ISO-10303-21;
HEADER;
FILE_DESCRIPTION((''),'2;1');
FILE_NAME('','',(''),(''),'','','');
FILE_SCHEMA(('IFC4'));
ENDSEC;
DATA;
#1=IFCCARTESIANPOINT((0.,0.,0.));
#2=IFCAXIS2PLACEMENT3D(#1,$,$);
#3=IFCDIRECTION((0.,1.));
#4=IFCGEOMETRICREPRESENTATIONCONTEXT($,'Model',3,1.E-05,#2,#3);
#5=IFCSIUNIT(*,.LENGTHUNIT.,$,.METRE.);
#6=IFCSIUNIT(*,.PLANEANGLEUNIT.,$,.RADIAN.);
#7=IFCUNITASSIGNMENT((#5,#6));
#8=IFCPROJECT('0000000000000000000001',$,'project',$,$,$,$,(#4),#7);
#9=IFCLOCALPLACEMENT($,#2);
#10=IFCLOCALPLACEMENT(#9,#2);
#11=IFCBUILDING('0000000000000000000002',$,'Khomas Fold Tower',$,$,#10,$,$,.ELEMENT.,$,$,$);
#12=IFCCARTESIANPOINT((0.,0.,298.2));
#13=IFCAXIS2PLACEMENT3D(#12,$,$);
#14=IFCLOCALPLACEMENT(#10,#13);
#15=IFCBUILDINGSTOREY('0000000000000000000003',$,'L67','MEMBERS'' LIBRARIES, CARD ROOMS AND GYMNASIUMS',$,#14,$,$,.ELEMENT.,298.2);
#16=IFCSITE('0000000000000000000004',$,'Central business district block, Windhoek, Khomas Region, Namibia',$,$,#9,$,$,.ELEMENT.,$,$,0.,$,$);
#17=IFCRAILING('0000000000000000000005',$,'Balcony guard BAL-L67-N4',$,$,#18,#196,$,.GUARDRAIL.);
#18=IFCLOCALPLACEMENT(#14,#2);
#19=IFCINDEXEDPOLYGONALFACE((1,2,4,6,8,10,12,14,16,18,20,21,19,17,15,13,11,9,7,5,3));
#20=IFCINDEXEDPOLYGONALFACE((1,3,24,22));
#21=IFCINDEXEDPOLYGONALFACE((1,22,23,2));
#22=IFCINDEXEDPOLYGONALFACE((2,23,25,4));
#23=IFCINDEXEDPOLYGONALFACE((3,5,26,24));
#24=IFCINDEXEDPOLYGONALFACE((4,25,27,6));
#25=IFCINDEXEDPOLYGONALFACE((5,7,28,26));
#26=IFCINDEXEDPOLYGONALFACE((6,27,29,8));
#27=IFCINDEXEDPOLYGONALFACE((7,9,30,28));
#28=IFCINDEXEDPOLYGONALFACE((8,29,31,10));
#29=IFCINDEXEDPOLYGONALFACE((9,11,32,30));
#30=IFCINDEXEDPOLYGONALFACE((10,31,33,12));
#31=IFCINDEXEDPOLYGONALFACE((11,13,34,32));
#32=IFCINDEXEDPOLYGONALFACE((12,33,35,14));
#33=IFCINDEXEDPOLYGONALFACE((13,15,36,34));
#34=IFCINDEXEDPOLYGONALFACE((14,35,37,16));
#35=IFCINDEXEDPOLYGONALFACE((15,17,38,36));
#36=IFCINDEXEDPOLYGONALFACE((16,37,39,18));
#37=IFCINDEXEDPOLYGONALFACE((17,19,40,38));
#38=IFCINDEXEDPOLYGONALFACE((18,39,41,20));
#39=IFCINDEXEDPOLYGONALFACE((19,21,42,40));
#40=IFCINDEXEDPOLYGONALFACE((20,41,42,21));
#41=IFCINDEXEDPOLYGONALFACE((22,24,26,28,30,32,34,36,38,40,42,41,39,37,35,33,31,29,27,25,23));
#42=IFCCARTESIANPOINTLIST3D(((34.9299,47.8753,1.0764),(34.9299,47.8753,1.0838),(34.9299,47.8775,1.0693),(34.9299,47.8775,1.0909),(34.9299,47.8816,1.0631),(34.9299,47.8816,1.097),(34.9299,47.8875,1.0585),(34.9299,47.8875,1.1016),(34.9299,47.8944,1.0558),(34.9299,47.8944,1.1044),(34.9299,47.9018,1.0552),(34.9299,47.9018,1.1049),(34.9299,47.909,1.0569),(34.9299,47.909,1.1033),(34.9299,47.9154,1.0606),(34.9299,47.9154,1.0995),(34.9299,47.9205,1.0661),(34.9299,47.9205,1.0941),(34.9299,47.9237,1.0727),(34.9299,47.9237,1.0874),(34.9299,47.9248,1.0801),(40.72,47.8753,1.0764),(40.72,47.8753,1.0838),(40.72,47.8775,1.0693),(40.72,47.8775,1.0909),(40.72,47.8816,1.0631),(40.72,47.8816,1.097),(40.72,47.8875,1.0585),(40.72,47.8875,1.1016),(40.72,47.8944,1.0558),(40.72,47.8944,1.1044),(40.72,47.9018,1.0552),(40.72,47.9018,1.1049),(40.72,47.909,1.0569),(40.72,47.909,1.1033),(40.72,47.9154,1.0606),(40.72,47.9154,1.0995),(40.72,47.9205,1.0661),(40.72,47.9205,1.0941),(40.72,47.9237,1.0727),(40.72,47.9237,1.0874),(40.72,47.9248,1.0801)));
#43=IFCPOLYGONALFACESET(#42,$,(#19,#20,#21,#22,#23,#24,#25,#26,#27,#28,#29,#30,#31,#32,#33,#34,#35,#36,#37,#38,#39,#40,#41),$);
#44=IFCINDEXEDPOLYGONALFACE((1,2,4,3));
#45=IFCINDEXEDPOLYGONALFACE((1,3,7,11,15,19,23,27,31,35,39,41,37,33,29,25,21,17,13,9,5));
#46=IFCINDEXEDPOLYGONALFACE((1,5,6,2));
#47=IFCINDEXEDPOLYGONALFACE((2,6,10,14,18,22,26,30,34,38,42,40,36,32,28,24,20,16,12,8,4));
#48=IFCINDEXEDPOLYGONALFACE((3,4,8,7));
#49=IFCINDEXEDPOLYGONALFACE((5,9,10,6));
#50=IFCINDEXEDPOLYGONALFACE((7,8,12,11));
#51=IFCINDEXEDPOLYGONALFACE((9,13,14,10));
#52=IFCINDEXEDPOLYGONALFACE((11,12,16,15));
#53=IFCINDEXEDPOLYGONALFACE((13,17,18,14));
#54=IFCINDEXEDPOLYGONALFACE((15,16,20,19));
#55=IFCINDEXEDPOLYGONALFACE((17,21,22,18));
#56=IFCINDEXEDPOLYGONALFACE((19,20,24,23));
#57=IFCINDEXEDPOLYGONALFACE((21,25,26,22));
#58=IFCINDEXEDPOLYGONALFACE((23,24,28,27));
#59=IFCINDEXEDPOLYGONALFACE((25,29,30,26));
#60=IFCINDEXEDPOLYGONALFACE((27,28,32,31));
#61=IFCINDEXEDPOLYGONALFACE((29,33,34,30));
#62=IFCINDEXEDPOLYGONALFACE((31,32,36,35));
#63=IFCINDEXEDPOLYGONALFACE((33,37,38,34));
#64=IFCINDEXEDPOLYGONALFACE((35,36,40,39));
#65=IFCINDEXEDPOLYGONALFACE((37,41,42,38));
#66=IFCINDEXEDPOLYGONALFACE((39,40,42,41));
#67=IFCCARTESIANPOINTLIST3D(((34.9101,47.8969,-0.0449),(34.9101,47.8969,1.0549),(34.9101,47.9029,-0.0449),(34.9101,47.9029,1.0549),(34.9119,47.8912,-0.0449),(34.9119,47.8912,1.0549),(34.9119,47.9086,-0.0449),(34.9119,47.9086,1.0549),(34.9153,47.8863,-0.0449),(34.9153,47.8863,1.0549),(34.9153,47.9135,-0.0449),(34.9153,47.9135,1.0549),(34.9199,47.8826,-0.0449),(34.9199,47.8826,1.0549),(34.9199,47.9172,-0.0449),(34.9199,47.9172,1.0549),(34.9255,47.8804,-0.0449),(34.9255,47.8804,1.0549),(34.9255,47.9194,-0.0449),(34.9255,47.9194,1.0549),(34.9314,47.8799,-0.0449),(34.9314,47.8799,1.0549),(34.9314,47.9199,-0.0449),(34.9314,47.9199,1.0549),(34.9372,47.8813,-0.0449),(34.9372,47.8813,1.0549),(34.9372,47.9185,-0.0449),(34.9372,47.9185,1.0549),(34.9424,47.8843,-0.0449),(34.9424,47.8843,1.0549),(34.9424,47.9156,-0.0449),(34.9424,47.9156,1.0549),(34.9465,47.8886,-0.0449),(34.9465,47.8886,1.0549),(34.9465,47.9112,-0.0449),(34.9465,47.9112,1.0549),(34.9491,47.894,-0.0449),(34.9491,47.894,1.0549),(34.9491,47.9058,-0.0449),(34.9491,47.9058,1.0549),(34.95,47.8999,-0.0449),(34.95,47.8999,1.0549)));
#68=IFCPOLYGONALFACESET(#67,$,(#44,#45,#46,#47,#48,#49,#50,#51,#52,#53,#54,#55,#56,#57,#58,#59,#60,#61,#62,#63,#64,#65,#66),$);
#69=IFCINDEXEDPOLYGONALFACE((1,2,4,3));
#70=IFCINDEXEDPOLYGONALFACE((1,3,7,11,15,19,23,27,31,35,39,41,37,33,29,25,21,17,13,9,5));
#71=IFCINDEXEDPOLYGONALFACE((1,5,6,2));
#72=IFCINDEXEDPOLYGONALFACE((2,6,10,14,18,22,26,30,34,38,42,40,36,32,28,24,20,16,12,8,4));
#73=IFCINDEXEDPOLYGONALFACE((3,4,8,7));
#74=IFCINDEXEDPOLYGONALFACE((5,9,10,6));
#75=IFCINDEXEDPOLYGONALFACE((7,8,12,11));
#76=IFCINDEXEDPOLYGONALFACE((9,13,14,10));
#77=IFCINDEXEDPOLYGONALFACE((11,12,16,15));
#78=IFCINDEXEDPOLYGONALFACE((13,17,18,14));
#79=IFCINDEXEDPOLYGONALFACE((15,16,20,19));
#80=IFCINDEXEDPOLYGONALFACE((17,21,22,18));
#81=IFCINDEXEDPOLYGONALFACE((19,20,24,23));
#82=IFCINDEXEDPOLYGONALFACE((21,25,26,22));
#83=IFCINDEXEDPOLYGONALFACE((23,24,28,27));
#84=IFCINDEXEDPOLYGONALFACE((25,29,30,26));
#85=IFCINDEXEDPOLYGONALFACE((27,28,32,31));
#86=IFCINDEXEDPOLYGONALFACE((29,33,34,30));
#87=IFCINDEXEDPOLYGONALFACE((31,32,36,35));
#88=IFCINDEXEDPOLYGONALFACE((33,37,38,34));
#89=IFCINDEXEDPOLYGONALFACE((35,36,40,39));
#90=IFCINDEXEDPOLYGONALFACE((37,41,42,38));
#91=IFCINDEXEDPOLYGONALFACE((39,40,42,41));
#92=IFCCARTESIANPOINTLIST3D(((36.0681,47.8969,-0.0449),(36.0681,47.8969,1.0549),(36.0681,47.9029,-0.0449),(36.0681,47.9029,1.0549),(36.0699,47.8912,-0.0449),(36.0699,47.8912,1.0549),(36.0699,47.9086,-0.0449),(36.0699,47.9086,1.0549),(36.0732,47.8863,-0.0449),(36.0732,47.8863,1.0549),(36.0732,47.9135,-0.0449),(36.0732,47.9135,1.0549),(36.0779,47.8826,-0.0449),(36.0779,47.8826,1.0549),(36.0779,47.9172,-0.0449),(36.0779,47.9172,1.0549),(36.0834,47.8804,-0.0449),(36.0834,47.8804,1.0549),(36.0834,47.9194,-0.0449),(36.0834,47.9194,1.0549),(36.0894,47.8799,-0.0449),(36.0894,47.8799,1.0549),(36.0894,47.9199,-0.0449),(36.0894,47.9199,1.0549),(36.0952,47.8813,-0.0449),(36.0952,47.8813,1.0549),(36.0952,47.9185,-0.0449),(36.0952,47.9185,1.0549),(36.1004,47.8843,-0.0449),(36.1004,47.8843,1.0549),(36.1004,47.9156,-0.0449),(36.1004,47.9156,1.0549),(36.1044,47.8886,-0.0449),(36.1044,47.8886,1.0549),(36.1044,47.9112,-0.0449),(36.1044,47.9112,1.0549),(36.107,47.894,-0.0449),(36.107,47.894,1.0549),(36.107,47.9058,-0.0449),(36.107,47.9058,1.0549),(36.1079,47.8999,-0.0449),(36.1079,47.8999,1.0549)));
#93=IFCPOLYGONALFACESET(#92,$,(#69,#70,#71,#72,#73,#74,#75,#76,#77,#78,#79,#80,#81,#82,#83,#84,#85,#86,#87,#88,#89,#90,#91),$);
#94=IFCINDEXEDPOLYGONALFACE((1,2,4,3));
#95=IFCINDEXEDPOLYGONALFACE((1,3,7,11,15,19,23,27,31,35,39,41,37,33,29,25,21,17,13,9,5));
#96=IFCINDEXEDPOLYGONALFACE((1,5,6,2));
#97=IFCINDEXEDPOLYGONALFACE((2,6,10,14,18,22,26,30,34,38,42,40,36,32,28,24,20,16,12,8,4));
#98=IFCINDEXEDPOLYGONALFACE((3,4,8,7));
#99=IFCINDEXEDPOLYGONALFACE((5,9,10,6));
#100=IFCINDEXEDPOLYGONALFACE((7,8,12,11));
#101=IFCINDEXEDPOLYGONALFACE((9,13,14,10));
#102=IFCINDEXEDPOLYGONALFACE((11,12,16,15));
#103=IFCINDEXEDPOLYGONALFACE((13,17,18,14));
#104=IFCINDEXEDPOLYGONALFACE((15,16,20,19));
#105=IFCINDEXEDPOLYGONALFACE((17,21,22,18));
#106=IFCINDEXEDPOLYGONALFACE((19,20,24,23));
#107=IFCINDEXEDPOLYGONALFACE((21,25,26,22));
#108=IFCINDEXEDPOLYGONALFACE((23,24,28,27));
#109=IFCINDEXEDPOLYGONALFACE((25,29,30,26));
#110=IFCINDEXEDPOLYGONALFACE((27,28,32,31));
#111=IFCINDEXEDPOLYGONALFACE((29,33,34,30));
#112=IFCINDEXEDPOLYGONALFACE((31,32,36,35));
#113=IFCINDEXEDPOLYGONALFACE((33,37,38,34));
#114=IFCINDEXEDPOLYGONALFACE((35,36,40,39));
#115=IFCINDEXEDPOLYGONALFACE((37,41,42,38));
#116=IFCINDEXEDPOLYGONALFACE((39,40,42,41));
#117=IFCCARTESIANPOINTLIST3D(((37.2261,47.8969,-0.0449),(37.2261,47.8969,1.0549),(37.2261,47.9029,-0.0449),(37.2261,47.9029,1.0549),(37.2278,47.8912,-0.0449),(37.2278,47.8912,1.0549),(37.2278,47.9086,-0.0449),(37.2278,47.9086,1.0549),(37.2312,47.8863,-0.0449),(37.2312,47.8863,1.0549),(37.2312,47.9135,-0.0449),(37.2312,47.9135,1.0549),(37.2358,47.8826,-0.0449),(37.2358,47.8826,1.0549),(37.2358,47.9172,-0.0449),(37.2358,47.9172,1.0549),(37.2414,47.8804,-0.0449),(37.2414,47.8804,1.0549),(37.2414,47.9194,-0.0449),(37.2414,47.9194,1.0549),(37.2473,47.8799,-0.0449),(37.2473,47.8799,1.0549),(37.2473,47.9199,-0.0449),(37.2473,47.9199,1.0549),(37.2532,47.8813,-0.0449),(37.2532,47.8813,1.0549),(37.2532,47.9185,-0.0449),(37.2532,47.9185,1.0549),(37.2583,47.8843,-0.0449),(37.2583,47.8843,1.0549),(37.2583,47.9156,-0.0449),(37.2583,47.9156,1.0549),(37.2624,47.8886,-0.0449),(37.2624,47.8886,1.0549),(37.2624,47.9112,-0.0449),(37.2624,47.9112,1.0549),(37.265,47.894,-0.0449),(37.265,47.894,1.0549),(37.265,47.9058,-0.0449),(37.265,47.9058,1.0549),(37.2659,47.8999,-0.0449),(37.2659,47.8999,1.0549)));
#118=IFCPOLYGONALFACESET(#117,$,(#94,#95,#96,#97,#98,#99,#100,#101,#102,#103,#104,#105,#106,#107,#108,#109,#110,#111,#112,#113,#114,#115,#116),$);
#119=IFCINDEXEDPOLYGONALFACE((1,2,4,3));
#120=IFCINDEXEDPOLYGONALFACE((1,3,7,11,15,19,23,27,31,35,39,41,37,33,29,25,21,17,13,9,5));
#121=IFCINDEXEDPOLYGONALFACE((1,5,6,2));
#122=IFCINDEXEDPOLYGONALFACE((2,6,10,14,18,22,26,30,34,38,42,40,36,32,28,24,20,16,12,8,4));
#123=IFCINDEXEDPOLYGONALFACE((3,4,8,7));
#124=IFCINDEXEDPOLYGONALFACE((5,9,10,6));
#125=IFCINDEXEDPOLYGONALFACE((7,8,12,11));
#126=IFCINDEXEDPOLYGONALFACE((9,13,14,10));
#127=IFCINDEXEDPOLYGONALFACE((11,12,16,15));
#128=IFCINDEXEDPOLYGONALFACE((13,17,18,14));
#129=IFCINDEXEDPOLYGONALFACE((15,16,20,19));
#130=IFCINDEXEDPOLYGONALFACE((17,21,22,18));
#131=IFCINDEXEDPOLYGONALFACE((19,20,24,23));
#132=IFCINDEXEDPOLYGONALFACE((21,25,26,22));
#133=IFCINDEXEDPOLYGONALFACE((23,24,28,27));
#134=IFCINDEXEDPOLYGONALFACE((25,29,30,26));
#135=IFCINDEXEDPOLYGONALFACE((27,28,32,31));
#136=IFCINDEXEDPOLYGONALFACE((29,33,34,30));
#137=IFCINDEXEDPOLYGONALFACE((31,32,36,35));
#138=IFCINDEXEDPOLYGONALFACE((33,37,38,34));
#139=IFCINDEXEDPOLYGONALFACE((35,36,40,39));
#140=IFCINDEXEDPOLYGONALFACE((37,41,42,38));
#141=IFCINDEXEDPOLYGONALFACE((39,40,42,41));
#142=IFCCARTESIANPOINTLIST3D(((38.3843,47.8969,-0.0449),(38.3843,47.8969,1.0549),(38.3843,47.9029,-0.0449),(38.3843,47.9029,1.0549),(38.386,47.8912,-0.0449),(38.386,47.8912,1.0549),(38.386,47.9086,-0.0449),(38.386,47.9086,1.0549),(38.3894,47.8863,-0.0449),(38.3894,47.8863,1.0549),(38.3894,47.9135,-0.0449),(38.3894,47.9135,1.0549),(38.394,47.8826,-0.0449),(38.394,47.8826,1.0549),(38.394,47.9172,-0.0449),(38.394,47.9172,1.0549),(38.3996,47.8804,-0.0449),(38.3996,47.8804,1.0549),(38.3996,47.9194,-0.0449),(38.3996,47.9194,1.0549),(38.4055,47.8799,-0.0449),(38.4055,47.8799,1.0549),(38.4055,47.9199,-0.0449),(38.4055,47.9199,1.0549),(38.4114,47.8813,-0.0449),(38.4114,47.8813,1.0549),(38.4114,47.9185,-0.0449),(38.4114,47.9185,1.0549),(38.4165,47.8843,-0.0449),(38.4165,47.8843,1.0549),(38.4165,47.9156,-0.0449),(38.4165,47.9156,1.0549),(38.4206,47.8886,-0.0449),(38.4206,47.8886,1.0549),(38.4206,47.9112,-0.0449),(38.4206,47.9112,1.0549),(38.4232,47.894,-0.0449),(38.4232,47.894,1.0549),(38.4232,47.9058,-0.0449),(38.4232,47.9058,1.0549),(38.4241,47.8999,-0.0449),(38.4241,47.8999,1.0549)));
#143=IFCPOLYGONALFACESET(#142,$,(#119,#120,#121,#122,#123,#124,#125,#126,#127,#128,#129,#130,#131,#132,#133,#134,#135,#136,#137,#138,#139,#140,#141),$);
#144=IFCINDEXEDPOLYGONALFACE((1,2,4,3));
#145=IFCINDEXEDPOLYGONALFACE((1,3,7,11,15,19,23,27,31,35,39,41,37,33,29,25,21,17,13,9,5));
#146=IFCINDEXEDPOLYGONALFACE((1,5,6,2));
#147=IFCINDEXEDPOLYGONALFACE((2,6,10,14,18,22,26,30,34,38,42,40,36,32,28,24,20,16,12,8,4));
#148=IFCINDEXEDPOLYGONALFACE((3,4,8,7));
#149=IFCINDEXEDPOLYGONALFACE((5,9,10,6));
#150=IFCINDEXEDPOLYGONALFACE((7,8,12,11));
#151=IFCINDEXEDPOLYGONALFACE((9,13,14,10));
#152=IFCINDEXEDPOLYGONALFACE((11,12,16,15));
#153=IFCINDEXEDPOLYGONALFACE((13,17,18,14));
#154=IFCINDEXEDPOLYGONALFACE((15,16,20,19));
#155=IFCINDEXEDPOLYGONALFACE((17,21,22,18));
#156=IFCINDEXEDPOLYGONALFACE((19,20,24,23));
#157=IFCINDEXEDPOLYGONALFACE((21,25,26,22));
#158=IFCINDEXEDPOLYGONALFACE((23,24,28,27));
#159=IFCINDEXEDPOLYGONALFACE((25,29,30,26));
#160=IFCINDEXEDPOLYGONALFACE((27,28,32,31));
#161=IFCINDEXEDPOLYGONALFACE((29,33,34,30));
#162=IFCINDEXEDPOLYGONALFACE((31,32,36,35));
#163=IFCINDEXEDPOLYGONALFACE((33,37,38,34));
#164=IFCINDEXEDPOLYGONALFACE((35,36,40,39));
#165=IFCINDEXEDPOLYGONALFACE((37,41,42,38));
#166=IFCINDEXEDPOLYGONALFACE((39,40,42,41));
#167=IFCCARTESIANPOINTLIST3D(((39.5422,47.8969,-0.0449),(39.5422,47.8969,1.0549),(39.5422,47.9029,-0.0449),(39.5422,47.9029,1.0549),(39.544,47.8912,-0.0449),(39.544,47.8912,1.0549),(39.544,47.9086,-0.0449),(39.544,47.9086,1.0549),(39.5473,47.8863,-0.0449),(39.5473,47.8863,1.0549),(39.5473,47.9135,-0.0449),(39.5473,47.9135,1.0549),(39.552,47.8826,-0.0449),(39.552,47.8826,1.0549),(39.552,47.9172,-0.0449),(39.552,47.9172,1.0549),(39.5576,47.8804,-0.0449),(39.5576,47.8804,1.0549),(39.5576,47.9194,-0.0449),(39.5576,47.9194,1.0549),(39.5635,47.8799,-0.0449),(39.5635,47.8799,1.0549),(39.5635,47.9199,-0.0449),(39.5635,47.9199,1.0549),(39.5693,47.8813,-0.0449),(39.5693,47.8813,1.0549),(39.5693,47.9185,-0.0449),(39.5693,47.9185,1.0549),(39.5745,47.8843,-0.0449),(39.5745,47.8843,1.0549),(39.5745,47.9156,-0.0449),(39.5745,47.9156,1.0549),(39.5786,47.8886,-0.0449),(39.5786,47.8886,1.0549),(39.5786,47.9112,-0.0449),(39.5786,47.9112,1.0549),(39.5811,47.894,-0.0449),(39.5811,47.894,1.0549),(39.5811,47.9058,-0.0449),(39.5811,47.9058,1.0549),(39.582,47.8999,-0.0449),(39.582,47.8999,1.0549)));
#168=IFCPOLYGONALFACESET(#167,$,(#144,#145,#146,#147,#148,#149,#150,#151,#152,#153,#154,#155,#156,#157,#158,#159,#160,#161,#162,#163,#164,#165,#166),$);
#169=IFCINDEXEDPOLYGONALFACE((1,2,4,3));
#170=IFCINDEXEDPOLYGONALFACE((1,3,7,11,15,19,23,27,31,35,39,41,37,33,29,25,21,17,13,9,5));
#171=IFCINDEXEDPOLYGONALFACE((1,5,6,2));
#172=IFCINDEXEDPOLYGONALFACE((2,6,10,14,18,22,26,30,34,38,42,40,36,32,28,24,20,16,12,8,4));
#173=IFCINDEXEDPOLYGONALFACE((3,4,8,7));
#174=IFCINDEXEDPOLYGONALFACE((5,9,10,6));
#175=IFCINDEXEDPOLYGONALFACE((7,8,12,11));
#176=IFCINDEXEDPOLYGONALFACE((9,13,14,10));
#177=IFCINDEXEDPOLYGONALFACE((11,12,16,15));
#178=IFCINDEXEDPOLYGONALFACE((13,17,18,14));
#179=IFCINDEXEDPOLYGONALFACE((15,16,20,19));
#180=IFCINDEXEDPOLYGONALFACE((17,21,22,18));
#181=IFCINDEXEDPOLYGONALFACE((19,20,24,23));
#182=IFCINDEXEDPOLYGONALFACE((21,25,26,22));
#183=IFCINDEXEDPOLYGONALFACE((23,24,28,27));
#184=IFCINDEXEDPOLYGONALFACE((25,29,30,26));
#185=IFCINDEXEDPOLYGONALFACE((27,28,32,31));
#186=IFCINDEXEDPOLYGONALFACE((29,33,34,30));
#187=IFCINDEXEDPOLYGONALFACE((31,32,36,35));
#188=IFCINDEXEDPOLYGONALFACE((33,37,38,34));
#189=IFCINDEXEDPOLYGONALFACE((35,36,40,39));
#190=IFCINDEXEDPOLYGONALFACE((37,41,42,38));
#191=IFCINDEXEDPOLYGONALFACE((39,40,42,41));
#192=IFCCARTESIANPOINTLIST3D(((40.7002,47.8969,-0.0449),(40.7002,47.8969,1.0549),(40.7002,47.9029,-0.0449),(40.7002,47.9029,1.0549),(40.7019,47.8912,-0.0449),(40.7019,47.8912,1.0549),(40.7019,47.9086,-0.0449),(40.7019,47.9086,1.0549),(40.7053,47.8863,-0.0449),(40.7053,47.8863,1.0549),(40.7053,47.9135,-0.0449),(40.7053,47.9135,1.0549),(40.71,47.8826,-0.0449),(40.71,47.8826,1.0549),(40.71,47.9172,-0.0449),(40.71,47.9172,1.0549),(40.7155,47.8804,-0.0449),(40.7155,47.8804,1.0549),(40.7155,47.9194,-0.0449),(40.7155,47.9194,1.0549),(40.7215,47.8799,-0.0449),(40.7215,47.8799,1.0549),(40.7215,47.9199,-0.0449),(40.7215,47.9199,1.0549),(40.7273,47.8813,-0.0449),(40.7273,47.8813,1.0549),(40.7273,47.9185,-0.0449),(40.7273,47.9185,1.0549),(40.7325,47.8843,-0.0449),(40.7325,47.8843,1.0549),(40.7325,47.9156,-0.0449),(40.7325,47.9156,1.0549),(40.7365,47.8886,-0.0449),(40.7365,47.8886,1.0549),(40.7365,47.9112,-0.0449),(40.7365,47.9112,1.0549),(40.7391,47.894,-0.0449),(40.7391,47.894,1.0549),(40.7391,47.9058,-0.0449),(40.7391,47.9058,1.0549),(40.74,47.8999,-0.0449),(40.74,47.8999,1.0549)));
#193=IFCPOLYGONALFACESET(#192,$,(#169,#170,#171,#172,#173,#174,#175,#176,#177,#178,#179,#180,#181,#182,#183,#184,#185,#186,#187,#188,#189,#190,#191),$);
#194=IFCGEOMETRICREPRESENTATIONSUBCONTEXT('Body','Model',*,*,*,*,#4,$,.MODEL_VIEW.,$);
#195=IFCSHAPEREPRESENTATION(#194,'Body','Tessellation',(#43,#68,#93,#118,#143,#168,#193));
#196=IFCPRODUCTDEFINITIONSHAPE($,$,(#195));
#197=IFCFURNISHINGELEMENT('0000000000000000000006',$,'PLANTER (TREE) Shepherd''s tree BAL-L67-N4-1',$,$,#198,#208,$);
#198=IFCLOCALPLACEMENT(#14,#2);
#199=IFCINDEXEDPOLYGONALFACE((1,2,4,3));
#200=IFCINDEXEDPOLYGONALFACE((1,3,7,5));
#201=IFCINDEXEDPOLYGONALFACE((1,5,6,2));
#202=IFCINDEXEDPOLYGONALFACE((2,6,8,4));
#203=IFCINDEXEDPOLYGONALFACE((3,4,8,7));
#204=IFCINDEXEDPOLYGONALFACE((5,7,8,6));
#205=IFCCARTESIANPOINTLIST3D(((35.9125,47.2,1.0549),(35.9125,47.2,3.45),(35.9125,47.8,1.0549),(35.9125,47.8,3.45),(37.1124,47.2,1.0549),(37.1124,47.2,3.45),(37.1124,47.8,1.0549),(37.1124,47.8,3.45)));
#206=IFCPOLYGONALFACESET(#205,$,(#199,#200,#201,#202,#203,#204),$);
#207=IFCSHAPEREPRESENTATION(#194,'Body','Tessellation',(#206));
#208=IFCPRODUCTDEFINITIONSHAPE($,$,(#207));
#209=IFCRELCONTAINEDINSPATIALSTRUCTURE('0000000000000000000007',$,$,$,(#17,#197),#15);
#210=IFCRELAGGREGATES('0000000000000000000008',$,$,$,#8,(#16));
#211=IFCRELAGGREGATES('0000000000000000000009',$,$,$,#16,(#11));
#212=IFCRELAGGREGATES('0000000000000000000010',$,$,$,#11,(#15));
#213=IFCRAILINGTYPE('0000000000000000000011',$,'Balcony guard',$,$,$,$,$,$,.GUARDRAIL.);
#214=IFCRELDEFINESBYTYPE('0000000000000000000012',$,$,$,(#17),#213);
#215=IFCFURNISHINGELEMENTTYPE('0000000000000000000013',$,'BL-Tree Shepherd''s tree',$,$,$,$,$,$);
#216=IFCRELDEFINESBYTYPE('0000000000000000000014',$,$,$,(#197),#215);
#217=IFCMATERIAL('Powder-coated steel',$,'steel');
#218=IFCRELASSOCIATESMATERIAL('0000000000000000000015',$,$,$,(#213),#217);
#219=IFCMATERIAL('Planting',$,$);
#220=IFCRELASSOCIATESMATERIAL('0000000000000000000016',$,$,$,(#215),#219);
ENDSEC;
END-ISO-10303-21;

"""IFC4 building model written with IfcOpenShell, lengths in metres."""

from ifc_helpers import new_model, si_unit, direction, frame, origin, origin_2d, place, context, subcontext, project, spatial, rectangle, circle, extrude, source, transform, mapped, material, type_object, element, save


model = new_model("IFC4")

# Units and contexts
model_context = context("Model", 3, precision=1e-05, world=origin(), true_north=direction((0.0, 1.0)))
body_context = subcontext(model_context, "Body", "Model", "MODEL_VIEW")
ifc_project = project(units=[si_unit("LENGTHUNIT", "METRE"), si_unit("PLANEANGLEUNIT", "RADIAN")], contexts=[model_context])

# Site, building, storey
site_placement = place(None, origin())
site = spatial("IfcSite", under=ifc_project, at=site_placement, Name="Central business district block, Windhoek, Khomas Region, Namibia", CompositionType="ELEMENT", RefElevation=0.0)
building_placement = place(site_placement, origin())
building = spatial("IfcBuilding", under=site, at=building_placement, Name="Khomas Fold Tower", CompositionType="ELEMENT")
storey_placement = place(building_placement, frame((0.0, 0.0, 298.2)))
storey = spatial("IfcBuildingStorey", under=building, at=storey_placement, Name="L67", Description="MEMBERS' LIBRARIES, CARD ROOMS AND GYMNASIUMS", CompositionType="ELEMENT", Elevation=298.2)

# Railing
ifc_material_1 = material(Name="Powder-coated steel", Category="steel")
railing_type = type_object("IfcRailingType", Name="Balcony guard", PredefinedType="GUARDRAIL", material=ifc_material_1)
shared_shape_1 = source(origin(), body_context, "Body", "SweptSolid", [
    extrude(circle(Radius=0.0249, at=origin_2d()), frame((0.0, 0.0, 1.125), z_axis=(1.0, 0.0, 0.0), x_axis=(0.0, 1.0, 0.0)), (0.0, 0.0, 1.0), 5.79),
    extrude(circle(Radius=0.02, at=origin_2d()), origin(), (0.0, 0.0, 1.0), 1.0999),
    extrude(circle(Radius=0.02, at=origin_2d()), frame((1.158, 0.0, 0.0)), (0.0, 0.0, 1.0), 1.0999),
    extrude(circle(Radius=0.02, at=origin_2d()), frame((2.3159, 0.0, 0.0)), (0.0, 0.0, 1.0), 1.0999),
    extrude(circle(Radius=0.02, at=origin_2d()), frame((3.4741, 0.0, 0.0)), (0.0, 0.0, 1.0), 1.0999),
    extrude(circle(Radius=0.02, at=origin_2d()), frame((4.6321, 0.0, 0.0)), (0.0, 0.0, 1.0), 1.0999),
    extrude(circle(Radius=0.02, at=origin_2d()), frame((5.79, 0.0, 0.0)), (0.0, 0.0, 1.0), 1.0999),
])
railing_placement = place(storey_placement, frame((34.9299, 47.8999, -0.0449)))
element("IfcRailing", 1, at=railing_placement, inside=storey, type_object=railing_type, Name="Balcony guard BAL-L67-N4", PredefinedType="GUARDRAIL", context=body_context, shape_type="MappedRepresentation", body=[
    mapped(shared_shape_1, transform((0.0, 0.0, 0.0))),
])

# Furnishing element
ifc_material_2 = material(Name="Planting")
furnishing_element_type_1 = type_object("IfcFurnishingElementType", Name="BL-Tree Shepherd's tree", material=ifc_material_2)
shared_shape_2 = source(origin(), body_context, "Body", "SweptSolid", [
    extrude(rectangle(XDim=1.2, YDim=0.6001, at=origin_2d()), origin(), (0.0, 0.0, 1.0), 2.395),
])
furnishing_1_placement = place(storey_placement, frame((36.5125, 47.5, 1.0549), z_axis=(0.0, 0.0, 1.0), x_axis=(1.0, 0.0, 0.0)))
element("IfcFurnishingElement", 2, at=furnishing_1_placement, inside=storey, type_object=furnishing_element_type_1, Name="PLANTER (TREE) Shepherd's tree BAL-L67-N4-1", context=body_context, shape_type="MappedRepresentation", body=[
    mapped(shared_shape_2, transform((0.0, 0.0, 0.0))),
])

save(model, "model.ifc")
